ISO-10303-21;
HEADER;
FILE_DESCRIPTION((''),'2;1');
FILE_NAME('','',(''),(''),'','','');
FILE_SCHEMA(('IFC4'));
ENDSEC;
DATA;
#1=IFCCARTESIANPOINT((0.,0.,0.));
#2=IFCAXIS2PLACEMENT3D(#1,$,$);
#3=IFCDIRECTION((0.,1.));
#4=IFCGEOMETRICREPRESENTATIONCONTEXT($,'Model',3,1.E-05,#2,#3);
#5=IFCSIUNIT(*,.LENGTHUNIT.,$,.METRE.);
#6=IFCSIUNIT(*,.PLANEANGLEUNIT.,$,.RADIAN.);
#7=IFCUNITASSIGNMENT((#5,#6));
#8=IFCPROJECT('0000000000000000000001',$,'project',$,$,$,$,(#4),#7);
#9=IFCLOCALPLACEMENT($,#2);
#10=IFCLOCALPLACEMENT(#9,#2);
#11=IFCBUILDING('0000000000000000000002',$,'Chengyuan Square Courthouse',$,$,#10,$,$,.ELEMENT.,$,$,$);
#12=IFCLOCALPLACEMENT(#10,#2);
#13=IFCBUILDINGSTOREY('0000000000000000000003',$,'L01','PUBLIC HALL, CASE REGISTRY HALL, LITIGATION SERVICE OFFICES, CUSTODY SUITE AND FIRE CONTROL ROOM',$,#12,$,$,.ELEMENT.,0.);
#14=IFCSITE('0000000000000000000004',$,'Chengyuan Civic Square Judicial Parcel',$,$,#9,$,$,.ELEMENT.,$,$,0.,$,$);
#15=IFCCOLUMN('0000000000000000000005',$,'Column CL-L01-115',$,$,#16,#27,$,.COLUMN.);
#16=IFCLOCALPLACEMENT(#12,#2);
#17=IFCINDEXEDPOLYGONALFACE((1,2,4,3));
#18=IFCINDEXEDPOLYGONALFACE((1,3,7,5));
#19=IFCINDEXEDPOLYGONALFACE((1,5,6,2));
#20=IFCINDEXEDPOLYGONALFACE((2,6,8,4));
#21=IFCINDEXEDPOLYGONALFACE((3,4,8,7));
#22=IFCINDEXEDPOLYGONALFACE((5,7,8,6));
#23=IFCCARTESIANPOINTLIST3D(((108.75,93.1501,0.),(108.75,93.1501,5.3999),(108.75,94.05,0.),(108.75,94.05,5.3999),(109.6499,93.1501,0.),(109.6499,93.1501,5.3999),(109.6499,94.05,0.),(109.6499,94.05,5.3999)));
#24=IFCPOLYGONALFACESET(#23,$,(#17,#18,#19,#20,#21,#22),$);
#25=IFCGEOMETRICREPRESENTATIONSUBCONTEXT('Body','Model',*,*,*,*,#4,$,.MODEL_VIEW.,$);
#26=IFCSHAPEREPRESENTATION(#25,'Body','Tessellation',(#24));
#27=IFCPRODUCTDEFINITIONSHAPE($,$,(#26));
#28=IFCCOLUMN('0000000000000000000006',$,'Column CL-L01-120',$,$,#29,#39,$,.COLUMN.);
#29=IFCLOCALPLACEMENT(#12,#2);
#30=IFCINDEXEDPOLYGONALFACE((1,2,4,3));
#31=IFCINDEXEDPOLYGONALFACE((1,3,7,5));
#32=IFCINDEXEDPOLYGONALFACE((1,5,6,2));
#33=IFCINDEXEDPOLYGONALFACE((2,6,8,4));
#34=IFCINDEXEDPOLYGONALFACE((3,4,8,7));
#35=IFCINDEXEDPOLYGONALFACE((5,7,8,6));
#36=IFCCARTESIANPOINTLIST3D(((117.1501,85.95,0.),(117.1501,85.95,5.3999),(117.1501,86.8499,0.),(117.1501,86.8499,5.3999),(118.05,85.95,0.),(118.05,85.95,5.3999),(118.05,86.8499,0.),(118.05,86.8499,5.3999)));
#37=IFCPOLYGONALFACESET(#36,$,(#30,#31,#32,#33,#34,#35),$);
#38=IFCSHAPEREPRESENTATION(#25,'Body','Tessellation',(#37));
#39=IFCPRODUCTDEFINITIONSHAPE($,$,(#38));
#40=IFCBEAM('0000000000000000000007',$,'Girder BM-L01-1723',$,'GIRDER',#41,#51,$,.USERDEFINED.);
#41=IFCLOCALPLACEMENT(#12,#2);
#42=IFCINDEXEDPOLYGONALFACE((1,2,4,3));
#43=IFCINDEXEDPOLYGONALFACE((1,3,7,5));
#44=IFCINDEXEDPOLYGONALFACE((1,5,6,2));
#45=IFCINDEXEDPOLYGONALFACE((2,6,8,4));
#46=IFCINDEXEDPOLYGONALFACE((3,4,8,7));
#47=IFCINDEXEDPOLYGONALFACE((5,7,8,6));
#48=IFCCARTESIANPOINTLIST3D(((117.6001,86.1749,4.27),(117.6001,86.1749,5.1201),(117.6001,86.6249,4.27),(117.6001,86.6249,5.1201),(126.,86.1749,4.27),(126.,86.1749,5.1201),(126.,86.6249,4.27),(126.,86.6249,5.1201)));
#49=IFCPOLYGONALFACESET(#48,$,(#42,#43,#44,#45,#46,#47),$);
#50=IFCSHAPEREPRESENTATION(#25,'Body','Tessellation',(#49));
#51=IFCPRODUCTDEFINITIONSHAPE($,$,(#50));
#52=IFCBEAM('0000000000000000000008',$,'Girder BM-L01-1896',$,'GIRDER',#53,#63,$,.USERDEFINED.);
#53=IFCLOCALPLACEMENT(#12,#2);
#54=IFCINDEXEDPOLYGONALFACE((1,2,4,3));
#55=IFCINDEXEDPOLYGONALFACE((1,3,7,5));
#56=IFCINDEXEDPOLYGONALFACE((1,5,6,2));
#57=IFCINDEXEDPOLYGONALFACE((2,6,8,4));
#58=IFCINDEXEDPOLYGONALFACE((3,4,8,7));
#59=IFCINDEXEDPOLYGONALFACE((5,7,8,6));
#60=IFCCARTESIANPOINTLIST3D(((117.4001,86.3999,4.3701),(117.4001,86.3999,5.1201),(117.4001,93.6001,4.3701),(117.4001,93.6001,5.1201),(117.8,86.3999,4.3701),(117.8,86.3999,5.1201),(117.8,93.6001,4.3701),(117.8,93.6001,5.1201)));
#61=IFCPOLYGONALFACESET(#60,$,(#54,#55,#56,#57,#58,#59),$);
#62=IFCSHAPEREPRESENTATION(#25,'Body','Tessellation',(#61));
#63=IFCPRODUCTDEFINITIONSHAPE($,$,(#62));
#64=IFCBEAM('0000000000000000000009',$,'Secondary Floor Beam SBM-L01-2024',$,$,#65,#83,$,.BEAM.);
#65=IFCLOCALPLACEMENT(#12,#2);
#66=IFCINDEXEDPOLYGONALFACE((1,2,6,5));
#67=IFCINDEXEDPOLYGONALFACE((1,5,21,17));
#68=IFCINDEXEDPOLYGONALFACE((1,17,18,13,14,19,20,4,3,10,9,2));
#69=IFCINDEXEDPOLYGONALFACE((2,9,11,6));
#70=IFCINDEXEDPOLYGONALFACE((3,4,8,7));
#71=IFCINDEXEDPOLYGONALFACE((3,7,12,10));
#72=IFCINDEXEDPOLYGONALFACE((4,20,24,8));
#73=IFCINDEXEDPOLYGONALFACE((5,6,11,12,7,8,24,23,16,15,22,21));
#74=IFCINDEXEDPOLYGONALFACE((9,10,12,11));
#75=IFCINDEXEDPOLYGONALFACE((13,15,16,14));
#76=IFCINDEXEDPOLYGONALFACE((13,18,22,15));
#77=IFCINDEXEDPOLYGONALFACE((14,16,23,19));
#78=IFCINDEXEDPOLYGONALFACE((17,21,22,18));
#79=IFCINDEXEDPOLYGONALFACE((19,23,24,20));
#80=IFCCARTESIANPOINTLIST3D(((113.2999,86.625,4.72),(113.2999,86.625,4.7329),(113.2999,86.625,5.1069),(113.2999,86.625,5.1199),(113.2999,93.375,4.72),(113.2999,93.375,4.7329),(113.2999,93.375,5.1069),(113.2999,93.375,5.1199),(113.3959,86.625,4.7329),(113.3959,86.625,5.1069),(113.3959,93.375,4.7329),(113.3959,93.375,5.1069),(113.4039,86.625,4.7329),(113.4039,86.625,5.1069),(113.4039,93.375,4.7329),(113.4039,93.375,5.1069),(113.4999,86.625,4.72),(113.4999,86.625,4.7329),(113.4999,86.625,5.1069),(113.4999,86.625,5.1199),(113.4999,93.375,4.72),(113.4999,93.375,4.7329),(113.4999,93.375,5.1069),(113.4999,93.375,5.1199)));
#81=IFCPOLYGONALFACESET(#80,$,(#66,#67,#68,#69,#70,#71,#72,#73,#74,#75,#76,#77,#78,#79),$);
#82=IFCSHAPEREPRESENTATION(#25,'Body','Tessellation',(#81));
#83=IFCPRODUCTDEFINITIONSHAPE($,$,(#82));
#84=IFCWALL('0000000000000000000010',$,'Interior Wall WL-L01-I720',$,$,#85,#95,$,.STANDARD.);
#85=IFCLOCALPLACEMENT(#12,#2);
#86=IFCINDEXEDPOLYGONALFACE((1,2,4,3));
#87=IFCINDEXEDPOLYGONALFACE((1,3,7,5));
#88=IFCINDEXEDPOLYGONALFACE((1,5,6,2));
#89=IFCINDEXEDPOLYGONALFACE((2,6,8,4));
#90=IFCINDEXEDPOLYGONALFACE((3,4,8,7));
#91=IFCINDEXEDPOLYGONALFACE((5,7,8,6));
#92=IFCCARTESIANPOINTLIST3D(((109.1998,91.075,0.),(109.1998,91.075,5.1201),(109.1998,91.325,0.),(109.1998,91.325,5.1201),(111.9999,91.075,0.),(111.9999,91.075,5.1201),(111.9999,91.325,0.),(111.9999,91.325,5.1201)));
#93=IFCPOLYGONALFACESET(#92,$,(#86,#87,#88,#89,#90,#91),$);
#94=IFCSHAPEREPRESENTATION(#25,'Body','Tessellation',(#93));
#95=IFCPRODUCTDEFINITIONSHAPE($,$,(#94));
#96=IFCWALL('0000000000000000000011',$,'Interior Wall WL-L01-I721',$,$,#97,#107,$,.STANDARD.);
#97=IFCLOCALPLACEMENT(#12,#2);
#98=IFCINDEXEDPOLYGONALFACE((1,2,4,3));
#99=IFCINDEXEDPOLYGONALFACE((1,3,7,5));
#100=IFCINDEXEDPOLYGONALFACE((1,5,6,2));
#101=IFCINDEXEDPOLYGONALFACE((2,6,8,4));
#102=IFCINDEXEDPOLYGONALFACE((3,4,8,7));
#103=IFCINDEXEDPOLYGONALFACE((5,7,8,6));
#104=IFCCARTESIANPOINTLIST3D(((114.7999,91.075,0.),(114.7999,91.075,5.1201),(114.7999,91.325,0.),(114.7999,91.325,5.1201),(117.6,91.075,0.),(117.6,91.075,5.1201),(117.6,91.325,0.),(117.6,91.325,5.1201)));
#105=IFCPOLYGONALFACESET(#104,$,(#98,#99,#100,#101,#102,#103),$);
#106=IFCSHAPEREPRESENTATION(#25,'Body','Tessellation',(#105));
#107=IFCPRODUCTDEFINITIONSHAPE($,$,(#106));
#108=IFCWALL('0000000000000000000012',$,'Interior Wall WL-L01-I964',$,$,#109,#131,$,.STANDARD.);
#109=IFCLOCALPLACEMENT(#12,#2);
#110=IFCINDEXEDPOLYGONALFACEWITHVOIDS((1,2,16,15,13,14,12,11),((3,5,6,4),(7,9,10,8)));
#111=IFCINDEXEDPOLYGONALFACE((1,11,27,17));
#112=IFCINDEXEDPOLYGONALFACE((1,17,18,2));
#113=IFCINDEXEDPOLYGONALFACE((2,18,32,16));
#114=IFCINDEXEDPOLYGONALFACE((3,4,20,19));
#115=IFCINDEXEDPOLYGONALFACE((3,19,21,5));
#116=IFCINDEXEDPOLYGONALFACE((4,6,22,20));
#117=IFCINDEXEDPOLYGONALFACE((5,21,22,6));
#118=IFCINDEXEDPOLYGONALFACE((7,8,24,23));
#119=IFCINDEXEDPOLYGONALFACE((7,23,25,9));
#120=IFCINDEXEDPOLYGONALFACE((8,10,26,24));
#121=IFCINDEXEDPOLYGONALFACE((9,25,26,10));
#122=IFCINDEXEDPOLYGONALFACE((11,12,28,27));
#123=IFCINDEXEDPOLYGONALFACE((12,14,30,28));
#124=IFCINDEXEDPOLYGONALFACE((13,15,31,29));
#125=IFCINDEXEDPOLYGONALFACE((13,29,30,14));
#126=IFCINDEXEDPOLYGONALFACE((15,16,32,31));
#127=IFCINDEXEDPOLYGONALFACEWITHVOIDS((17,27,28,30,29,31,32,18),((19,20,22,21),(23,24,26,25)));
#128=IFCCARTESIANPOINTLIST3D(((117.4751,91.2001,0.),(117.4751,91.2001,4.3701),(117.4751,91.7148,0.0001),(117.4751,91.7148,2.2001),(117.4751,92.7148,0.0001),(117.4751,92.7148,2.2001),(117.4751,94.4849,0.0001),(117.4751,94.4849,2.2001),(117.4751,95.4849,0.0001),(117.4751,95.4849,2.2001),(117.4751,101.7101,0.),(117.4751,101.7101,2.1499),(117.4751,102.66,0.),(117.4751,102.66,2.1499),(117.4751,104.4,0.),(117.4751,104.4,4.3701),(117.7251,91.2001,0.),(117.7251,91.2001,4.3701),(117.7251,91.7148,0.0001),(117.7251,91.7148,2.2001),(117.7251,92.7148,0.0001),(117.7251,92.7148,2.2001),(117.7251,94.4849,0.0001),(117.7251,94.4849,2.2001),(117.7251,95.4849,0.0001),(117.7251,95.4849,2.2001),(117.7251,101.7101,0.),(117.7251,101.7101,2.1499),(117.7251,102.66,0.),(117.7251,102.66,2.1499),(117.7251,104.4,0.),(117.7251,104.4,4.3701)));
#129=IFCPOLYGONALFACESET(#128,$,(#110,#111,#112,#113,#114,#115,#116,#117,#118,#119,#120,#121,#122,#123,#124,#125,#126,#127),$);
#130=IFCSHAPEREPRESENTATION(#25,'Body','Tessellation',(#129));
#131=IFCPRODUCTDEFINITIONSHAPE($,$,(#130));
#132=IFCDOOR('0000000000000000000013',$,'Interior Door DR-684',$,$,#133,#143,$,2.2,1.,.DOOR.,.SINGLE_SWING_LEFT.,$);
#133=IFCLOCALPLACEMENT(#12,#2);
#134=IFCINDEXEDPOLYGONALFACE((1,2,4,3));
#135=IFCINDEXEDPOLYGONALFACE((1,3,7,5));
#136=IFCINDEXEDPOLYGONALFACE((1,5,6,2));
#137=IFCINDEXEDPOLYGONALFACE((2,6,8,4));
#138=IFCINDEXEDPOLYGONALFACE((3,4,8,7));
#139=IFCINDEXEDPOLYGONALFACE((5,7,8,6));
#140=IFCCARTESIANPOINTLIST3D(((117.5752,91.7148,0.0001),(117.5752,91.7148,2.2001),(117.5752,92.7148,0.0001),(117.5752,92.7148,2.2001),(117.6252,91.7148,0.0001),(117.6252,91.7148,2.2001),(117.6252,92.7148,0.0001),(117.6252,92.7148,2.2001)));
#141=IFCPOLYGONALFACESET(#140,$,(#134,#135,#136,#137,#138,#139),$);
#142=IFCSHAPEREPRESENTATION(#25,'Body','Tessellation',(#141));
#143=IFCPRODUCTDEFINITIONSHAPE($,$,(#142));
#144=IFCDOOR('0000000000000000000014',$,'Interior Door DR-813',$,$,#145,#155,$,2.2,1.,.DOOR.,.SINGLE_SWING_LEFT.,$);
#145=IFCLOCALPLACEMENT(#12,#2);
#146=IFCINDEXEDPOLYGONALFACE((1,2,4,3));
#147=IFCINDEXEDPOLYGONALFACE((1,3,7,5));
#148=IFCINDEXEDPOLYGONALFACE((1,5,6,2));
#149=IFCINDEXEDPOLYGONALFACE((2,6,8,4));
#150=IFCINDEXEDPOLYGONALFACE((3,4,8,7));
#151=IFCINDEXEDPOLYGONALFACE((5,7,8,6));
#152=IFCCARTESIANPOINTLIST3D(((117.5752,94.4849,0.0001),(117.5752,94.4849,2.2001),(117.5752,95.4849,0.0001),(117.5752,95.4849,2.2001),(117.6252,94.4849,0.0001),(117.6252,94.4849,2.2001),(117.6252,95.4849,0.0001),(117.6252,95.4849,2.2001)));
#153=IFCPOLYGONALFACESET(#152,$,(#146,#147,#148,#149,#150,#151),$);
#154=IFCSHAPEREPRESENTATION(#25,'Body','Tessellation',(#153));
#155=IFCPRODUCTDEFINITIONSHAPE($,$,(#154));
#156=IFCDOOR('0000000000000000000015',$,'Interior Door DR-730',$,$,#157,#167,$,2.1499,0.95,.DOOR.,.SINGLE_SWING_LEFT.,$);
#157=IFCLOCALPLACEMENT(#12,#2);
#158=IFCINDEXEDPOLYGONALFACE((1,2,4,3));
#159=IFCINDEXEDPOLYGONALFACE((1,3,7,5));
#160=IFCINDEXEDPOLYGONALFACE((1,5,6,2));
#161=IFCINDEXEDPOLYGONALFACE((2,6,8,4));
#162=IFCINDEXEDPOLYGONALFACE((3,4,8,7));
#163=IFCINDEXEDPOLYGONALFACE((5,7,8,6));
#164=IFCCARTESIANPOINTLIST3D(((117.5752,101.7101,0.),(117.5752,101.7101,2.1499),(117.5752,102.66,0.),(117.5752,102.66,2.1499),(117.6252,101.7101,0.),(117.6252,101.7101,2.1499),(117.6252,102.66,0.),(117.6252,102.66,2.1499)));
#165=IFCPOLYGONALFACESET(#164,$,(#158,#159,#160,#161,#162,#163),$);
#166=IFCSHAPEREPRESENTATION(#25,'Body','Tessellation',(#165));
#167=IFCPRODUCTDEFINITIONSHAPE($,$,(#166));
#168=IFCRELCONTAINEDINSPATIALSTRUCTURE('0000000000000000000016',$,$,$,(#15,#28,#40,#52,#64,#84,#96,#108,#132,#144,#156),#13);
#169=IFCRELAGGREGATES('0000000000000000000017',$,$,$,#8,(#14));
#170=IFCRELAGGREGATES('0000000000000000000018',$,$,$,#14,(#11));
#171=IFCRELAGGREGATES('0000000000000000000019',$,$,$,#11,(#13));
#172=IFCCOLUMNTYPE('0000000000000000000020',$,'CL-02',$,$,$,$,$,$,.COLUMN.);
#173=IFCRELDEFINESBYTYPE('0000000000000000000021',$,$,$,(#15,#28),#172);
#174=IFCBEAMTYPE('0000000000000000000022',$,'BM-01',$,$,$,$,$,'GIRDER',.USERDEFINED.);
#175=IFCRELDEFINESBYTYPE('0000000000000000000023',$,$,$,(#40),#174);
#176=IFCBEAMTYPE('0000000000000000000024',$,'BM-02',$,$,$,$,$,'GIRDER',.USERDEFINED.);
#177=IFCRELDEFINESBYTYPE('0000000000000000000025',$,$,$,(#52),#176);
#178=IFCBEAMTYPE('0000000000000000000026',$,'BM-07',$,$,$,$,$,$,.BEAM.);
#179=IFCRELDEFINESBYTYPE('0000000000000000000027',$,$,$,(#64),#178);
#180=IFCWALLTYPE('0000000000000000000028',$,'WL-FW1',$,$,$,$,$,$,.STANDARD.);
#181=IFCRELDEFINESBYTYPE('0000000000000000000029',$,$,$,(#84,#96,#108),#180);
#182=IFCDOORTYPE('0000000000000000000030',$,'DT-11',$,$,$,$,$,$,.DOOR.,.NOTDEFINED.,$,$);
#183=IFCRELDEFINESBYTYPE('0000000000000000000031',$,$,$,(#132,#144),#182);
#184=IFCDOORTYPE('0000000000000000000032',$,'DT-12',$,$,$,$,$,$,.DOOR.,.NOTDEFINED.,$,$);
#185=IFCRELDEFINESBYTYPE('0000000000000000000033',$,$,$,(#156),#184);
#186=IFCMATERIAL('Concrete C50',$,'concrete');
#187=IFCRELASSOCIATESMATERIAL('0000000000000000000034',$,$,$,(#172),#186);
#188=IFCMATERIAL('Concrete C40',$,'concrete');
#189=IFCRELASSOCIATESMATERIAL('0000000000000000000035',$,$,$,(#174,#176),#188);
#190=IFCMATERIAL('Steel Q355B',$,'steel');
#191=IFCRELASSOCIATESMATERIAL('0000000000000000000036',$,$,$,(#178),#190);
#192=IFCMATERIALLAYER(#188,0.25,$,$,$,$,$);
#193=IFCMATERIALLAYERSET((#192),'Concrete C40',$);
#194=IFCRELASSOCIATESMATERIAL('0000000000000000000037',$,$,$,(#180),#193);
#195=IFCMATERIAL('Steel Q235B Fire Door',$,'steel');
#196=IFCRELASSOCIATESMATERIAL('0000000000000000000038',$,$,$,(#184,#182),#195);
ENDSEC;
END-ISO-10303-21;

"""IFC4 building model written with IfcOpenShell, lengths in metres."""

from ifc_helpers import new_model, si_unit, direction, frame, frame_2d, origin, origin_2d, place, context, subcontext, project, spatial, rectangle, i_section, extrude, material, layer, layer_set, material_profile, profile_set, type_object, element, fill, save


model = new_model("IFC4")

# Units and contexts
model_context = context("Model", 3, precision=1e-05, world=origin(), true_north=direction((0.0, 1.0)))
body_context = subcontext(model_context, "Body", "Model", "MODEL_VIEW")
ifc_project = project(units=[si_unit("LENGTHUNIT", "METRE"), si_unit("PLANEANGLEUNIT", "RADIAN")], contexts=[model_context])

# Site, building, storey
site_placement = place(None, origin())
site = spatial("IfcSite", under=ifc_project, at=site_placement, Name="Chengyuan Civic Square Judicial Parcel", CompositionType="ELEMENT", RefElevation=0.0)
building_placement = place(site_placement, origin())
building = spatial("IfcBuilding", under=site, at=building_placement, Name="Chengyuan Square Courthouse", CompositionType="ELEMENT")
storey_placement = place(building_placement, origin())
storey = spatial("IfcBuildingStorey", under=building, at=storey_placement, Name="L01", Description="PUBLIC HALL, CASE REGISTRY HALL, LITIGATION SERVICE OFFICES, CUSTODY SUITE AND FIRE CONTROL ROOM", CompositionType="ELEMENT", Elevation=0.0)

# Columns
ifc_material_1 = material(Name="Concrete C50", Category="concrete")
ifc_material_profile_1 = material_profile(ifc_material_1, rectangle(XDim=0.8999, YDim=0.8999, at=origin_2d()), Name="RC-COL-900x900")
ifc_profile_set_1 = profile_set([ifc_material_profile_1], Name="Concrete C50")
column_type = type_object("IfcColumnType", Name="CL-02", PredefinedType="COLUMN", material=ifc_profile_set_1)
for number, where, z_axis, x_axis, name in (
    (1, (109.2, 93.6001, 0.0), (0.0, 0.0, 1.0), (1.0, 0.0, 0.0), "Column CL-L01-115"),
    (2, (117.6001, 86.3999, 0.0), (0.0, 0.0, 1.0), (1.0, 0.0, 0.0), "Column CL-L01-120"),
):
    element("IfcColumn", number, at=place(storey_placement, frame(where, z_axis=z_axis, x_axis=x_axis)), inside=storey, type_object=column_type, Name=name, PredefinedType="COLUMN", context=body_context, shape_type="SweptSolid", body=[
        extrude(rectangle(XDim=0.8999, YDim=0.8999, at=origin_2d()), origin(), (0.0, 0.0, 1.0), 5.3999),
    ])

# Beams
ifc_material_2 = material(Name="Concrete C40", Category="concrete")
ifc_material_profile_2 = material_profile(ifc_material_2, rectangle(XDim=0.45, YDim=0.8501, at=origin_2d()), Name="RC-BM-450x850")
ifc_profile_set_2 = profile_set([ifc_material_profile_2], Name="Concrete C40")
beam_type_1 = type_object("IfcBeamType", Name="BM-01", ElementType="GIRDER", PredefinedType="USERDEFINED", material=ifc_profile_set_2)
beam_1_placement = place(storey_placement, frame((117.6001, 86.3999, 4.6951), z_axis=(1.0, 0.0, 0.0), x_axis=(0.0, 1.0, 0.0)))
element("IfcBeam", 3, at=beam_1_placement, inside=storey, type_object=beam_type_1, Name="Girder BM-L01-1723", ObjectType="GIRDER", PredefinedType="USERDEFINED", context=body_context, shape_type="SweptSolid", body=[
    extrude(rectangle(XDim=0.45, YDim=0.8501, at=origin_2d()), origin(), (0.0, 0.0, 1.0), 8.3999),
])
ifc_material_profile_3 = material_profile(ifc_material_2, rectangle(XDim=0.3999, YDim=0.75, at=origin_2d()), Name="RC-BM-400x750")
ifc_profile_set_3 = profile_set([ifc_material_profile_3], Name="Concrete C40")
beam_type_2 = type_object("IfcBeamType", Name="BM-02", ElementType="GIRDER", PredefinedType="USERDEFINED", material=ifc_profile_set_3)
beam_2_placement = place(storey_placement, frame((117.6001, 86.3999, 4.7451), z_axis=(0.0, 1.0, 0.0), x_axis=(-1.0, 0.0, 0.0)))
element("IfcBeam", 4, at=beam_2_placement, inside=storey, type_object=beam_type_2, Name="Girder BM-L01-1896", ObjectType="GIRDER", PredefinedType="USERDEFINED", context=body_context, shape_type="SweptSolid", body=[
    extrude(rectangle(XDim=0.3999, YDim=0.75, at=origin_2d()), origin(), (0.0, 0.0, 1.0), 7.2002),
])
ifc_material_3 = material(Name="Steel Q355B", Category="steel")
ifc_material_profile_4 = material_profile(ifc_material_3, i_section(OverallWidth=0.2, OverallDepth=0.3999, WebThickness=0.0081, FlangeThickness=0.0129, at=origin_2d()), Name="HN 400x200x8x13")
ifc_profile_set_4 = profile_set([ifc_material_profile_4], Name="Steel Q355B")
beam_type_3 = type_object("IfcBeamType", Name="BM-07", PredefinedType="BEAM", material=ifc_profile_set_4)
beam_3_placement = place(storey_placement, frame((113.3999, 86.625, 4.9199), z_axis=(0.0, 1.0, 0.0), x_axis=(-1.0, 0.0, 0.0)))
element("IfcBeam", 5, at=beam_3_placement, inside=storey, type_object=beam_type_3, Name="Secondary Floor Beam SBM-L01-2024", PredefinedType="BEAM", context=body_context, shape_type="SweptSolid", body=[
    extrude(i_section(OverallWidth=0.2, OverallDepth=0.3999, WebThickness=0.0081, FlangeThickness=0.0129, at=origin_2d()), origin(), (0.0, 0.0, 1.0), 6.75),
])

# Shared definitions
ifc_layer_1 = layer(ifc_material_2, 0.25)
ifc_layer_set_1 = layer_set([ifc_layer_1], Name="Concrete C40")
wall_type_1 = type_object("IfcWallType", Name="WL-FW1", PredefinedType="STANDARD", material=ifc_layer_set_1)
ifc_material_4 = material(Name="Steel Q235B Fire Door", Category="steel")
door_type_1 = type_object("IfcDoorType", Name="DT-12", OperationType="NOTDEFINED", PredefinedType="DOOR", material=ifc_material_4)

# Walls
for number, where, z_axis, x_axis, name in (
    (6, (109.2, 91.2, 0.0), (0.0, 0.0, 1.0), (1.0, 0.0, 0.0), "Interior Wall WL-L01-I720"),
    (7, (114.8, 91.2, 0.0), (0.0, 0.0, 1.0), (1.0, 0.0, 0.0), "Interior Wall WL-L01-I721"),
):
    element("IfcWall", number, at=place(storey_placement, frame(where, z_axis=z_axis, x_axis=x_axis)), inside=storey, type_object=wall_type_1, Name=name, PredefinedType="STANDARD", context=body_context, shape_type="SweptSolid", body=[
        extrude(rectangle(XDim=2.8, YDim=0.25, at=frame_2d((1.3999, 0.0))), origin(), (0.0, 0.0, 1.0), 5.1201),
    ])

# Wall, openings, doors
wall_1_placement = place(storey_placement, frame((117.6001, 91.2, 0.0), z_axis=(0.0, 0.0, 1.0), x_axis=(0.0, 1.0, 0.0)))
wall_1 = element("IfcWall", 8, at=wall_1_placement, inside=storey, type_object=wall_type_1, Name="Interior Wall WL-L01-I964", PredefinedType="STANDARD", context=body_context, shape_type="SweptSolid", body=[
    extrude(rectangle(XDim=13.2, YDim=0.25, at=frame_2d((6.6001, 0.0))), origin(), (0.0, 0.0, 1.0), 4.3701),
])
opening_1_placement = place(wall_1_placement, frame((0.5149, 0.0, 0.0)))
opening_1 = element("IfcOpeningElement", 9, at=opening_1_placement, cuts=wall_1, PredefinedType="OPENING", context=body_context, shape_type="SweptSolid", body=[
    extrude(rectangle(XDim=1.0, YDim=2.2, at=frame_2d((0.5, 1.1001))), frame((0.0, 0.137, 0.0), z_axis=(0.0, -1.0, 0.0), x_axis=(1.0, 0.0, 0.0)), (0.0, 0.0, 1.0), 0.2739),
])
opening_2_placement = place(wall_1_placement, frame((10.51, 0.0, 0.0)))
opening_2 = element("IfcOpeningElement", 10, at=opening_2_placement, cuts=wall_1, PredefinedType="OPENING", context=body_context, shape_type="SweptSolid", body=[
    extrude(rectangle(XDim=0.95, YDim=2.1499, at=frame_2d((0.4751, 1.075))), frame((0.0, 0.137, 0.0), z_axis=(0.0, -1.0, 0.0), x_axis=(1.0, 0.0, 0.0)), (0.0, 0.0, 1.0), 0.2739),
])
opening_3_placement = place(wall_1_placement, frame((3.2849, 0.0, 0.0)))
opening_3 = element("IfcOpeningElement", 11, at=opening_3_placement, cuts=wall_1, PredefinedType="OPENING", context=body_context, shape_type="SweptSolid", body=[
    extrude(rectangle(XDim=1.0, YDim=2.2, at=frame_2d((0.5, 1.1001))), frame((0.0, 0.137, 0.0), z_axis=(0.0, -1.0, 0.0), x_axis=(1.0, 0.0, 0.0)), (0.0, 0.0, 1.0), 0.2739),
])
door_type_2 = type_object("IfcDoorType", Name="DT-11", OperationType="NOTDEFINED", PredefinedType="DOOR", material=ifc_material_4)
door_1_placement = place(opening_1_placement, origin())
door_1 = element("IfcDoor", 12, at=door_1_placement, inside=storey, type_object=door_type_2, Name="Interior Door DR-684", OperationType="SINGLE_SWING_LEFT", OverallHeight=2.2, OverallWidth=1.0, PredefinedType="DOOR", context=body_context, shape_type="SweptSolid", body=[
    extrude(rectangle(XDim=1.0, YDim=2.2, at=frame_2d((0.5, 1.1001))), frame((0.0, 0.0249, 0.0), z_axis=(0.0, -1.0, 0.0), x_axis=(1.0, 0.0, 0.0)), (0.0, 0.0, 1.0), 0.05),
])
fill(opening_1, door_1)
door_2_placement = place(opening_3_placement, origin())
door_2 = element("IfcDoor", 13, at=door_2_placement, inside=storey, type_object=door_type_2, Name="Interior Door DR-813", OperationType="SINGLE_SWING_LEFT", OverallHeight=2.2, OverallWidth=1.0, PredefinedType="DOOR", context=body_context, shape_type="SweptSolid", body=[
    extrude(rectangle(XDim=1.0, YDim=2.2, at=frame_2d((0.5, 1.1001))), frame((0.0, 0.0249, 0.0), z_axis=(0.0, -1.0, 0.0), x_axis=(1.0, 0.0, 0.0)), (0.0, 0.0, 1.0), 0.05),
])
fill(opening_3, door_2)
door_3_placement = place(opening_2_placement, origin())
door_3 = element("IfcDoor", 14, at=door_3_placement, inside=storey, type_object=door_type_1, Name="Interior Door DR-730", OperationType="SINGLE_SWING_LEFT", OverallHeight=2.1499, OverallWidth=0.95, PredefinedType="DOOR", context=body_context, shape_type="SweptSolid", body=[
    extrude(rectangle(XDim=0.95, YDim=2.1499, at=frame_2d((0.4751, 1.075))), frame((0.0, 0.0249, 0.0), z_axis=(0.0, -1.0, 0.0), x_axis=(1.0, 0.0, 0.0)), (0.0, 0.0, 1.0), 0.05),
])
fill(opening_2, door_3)

save(model, "model.ifc")
